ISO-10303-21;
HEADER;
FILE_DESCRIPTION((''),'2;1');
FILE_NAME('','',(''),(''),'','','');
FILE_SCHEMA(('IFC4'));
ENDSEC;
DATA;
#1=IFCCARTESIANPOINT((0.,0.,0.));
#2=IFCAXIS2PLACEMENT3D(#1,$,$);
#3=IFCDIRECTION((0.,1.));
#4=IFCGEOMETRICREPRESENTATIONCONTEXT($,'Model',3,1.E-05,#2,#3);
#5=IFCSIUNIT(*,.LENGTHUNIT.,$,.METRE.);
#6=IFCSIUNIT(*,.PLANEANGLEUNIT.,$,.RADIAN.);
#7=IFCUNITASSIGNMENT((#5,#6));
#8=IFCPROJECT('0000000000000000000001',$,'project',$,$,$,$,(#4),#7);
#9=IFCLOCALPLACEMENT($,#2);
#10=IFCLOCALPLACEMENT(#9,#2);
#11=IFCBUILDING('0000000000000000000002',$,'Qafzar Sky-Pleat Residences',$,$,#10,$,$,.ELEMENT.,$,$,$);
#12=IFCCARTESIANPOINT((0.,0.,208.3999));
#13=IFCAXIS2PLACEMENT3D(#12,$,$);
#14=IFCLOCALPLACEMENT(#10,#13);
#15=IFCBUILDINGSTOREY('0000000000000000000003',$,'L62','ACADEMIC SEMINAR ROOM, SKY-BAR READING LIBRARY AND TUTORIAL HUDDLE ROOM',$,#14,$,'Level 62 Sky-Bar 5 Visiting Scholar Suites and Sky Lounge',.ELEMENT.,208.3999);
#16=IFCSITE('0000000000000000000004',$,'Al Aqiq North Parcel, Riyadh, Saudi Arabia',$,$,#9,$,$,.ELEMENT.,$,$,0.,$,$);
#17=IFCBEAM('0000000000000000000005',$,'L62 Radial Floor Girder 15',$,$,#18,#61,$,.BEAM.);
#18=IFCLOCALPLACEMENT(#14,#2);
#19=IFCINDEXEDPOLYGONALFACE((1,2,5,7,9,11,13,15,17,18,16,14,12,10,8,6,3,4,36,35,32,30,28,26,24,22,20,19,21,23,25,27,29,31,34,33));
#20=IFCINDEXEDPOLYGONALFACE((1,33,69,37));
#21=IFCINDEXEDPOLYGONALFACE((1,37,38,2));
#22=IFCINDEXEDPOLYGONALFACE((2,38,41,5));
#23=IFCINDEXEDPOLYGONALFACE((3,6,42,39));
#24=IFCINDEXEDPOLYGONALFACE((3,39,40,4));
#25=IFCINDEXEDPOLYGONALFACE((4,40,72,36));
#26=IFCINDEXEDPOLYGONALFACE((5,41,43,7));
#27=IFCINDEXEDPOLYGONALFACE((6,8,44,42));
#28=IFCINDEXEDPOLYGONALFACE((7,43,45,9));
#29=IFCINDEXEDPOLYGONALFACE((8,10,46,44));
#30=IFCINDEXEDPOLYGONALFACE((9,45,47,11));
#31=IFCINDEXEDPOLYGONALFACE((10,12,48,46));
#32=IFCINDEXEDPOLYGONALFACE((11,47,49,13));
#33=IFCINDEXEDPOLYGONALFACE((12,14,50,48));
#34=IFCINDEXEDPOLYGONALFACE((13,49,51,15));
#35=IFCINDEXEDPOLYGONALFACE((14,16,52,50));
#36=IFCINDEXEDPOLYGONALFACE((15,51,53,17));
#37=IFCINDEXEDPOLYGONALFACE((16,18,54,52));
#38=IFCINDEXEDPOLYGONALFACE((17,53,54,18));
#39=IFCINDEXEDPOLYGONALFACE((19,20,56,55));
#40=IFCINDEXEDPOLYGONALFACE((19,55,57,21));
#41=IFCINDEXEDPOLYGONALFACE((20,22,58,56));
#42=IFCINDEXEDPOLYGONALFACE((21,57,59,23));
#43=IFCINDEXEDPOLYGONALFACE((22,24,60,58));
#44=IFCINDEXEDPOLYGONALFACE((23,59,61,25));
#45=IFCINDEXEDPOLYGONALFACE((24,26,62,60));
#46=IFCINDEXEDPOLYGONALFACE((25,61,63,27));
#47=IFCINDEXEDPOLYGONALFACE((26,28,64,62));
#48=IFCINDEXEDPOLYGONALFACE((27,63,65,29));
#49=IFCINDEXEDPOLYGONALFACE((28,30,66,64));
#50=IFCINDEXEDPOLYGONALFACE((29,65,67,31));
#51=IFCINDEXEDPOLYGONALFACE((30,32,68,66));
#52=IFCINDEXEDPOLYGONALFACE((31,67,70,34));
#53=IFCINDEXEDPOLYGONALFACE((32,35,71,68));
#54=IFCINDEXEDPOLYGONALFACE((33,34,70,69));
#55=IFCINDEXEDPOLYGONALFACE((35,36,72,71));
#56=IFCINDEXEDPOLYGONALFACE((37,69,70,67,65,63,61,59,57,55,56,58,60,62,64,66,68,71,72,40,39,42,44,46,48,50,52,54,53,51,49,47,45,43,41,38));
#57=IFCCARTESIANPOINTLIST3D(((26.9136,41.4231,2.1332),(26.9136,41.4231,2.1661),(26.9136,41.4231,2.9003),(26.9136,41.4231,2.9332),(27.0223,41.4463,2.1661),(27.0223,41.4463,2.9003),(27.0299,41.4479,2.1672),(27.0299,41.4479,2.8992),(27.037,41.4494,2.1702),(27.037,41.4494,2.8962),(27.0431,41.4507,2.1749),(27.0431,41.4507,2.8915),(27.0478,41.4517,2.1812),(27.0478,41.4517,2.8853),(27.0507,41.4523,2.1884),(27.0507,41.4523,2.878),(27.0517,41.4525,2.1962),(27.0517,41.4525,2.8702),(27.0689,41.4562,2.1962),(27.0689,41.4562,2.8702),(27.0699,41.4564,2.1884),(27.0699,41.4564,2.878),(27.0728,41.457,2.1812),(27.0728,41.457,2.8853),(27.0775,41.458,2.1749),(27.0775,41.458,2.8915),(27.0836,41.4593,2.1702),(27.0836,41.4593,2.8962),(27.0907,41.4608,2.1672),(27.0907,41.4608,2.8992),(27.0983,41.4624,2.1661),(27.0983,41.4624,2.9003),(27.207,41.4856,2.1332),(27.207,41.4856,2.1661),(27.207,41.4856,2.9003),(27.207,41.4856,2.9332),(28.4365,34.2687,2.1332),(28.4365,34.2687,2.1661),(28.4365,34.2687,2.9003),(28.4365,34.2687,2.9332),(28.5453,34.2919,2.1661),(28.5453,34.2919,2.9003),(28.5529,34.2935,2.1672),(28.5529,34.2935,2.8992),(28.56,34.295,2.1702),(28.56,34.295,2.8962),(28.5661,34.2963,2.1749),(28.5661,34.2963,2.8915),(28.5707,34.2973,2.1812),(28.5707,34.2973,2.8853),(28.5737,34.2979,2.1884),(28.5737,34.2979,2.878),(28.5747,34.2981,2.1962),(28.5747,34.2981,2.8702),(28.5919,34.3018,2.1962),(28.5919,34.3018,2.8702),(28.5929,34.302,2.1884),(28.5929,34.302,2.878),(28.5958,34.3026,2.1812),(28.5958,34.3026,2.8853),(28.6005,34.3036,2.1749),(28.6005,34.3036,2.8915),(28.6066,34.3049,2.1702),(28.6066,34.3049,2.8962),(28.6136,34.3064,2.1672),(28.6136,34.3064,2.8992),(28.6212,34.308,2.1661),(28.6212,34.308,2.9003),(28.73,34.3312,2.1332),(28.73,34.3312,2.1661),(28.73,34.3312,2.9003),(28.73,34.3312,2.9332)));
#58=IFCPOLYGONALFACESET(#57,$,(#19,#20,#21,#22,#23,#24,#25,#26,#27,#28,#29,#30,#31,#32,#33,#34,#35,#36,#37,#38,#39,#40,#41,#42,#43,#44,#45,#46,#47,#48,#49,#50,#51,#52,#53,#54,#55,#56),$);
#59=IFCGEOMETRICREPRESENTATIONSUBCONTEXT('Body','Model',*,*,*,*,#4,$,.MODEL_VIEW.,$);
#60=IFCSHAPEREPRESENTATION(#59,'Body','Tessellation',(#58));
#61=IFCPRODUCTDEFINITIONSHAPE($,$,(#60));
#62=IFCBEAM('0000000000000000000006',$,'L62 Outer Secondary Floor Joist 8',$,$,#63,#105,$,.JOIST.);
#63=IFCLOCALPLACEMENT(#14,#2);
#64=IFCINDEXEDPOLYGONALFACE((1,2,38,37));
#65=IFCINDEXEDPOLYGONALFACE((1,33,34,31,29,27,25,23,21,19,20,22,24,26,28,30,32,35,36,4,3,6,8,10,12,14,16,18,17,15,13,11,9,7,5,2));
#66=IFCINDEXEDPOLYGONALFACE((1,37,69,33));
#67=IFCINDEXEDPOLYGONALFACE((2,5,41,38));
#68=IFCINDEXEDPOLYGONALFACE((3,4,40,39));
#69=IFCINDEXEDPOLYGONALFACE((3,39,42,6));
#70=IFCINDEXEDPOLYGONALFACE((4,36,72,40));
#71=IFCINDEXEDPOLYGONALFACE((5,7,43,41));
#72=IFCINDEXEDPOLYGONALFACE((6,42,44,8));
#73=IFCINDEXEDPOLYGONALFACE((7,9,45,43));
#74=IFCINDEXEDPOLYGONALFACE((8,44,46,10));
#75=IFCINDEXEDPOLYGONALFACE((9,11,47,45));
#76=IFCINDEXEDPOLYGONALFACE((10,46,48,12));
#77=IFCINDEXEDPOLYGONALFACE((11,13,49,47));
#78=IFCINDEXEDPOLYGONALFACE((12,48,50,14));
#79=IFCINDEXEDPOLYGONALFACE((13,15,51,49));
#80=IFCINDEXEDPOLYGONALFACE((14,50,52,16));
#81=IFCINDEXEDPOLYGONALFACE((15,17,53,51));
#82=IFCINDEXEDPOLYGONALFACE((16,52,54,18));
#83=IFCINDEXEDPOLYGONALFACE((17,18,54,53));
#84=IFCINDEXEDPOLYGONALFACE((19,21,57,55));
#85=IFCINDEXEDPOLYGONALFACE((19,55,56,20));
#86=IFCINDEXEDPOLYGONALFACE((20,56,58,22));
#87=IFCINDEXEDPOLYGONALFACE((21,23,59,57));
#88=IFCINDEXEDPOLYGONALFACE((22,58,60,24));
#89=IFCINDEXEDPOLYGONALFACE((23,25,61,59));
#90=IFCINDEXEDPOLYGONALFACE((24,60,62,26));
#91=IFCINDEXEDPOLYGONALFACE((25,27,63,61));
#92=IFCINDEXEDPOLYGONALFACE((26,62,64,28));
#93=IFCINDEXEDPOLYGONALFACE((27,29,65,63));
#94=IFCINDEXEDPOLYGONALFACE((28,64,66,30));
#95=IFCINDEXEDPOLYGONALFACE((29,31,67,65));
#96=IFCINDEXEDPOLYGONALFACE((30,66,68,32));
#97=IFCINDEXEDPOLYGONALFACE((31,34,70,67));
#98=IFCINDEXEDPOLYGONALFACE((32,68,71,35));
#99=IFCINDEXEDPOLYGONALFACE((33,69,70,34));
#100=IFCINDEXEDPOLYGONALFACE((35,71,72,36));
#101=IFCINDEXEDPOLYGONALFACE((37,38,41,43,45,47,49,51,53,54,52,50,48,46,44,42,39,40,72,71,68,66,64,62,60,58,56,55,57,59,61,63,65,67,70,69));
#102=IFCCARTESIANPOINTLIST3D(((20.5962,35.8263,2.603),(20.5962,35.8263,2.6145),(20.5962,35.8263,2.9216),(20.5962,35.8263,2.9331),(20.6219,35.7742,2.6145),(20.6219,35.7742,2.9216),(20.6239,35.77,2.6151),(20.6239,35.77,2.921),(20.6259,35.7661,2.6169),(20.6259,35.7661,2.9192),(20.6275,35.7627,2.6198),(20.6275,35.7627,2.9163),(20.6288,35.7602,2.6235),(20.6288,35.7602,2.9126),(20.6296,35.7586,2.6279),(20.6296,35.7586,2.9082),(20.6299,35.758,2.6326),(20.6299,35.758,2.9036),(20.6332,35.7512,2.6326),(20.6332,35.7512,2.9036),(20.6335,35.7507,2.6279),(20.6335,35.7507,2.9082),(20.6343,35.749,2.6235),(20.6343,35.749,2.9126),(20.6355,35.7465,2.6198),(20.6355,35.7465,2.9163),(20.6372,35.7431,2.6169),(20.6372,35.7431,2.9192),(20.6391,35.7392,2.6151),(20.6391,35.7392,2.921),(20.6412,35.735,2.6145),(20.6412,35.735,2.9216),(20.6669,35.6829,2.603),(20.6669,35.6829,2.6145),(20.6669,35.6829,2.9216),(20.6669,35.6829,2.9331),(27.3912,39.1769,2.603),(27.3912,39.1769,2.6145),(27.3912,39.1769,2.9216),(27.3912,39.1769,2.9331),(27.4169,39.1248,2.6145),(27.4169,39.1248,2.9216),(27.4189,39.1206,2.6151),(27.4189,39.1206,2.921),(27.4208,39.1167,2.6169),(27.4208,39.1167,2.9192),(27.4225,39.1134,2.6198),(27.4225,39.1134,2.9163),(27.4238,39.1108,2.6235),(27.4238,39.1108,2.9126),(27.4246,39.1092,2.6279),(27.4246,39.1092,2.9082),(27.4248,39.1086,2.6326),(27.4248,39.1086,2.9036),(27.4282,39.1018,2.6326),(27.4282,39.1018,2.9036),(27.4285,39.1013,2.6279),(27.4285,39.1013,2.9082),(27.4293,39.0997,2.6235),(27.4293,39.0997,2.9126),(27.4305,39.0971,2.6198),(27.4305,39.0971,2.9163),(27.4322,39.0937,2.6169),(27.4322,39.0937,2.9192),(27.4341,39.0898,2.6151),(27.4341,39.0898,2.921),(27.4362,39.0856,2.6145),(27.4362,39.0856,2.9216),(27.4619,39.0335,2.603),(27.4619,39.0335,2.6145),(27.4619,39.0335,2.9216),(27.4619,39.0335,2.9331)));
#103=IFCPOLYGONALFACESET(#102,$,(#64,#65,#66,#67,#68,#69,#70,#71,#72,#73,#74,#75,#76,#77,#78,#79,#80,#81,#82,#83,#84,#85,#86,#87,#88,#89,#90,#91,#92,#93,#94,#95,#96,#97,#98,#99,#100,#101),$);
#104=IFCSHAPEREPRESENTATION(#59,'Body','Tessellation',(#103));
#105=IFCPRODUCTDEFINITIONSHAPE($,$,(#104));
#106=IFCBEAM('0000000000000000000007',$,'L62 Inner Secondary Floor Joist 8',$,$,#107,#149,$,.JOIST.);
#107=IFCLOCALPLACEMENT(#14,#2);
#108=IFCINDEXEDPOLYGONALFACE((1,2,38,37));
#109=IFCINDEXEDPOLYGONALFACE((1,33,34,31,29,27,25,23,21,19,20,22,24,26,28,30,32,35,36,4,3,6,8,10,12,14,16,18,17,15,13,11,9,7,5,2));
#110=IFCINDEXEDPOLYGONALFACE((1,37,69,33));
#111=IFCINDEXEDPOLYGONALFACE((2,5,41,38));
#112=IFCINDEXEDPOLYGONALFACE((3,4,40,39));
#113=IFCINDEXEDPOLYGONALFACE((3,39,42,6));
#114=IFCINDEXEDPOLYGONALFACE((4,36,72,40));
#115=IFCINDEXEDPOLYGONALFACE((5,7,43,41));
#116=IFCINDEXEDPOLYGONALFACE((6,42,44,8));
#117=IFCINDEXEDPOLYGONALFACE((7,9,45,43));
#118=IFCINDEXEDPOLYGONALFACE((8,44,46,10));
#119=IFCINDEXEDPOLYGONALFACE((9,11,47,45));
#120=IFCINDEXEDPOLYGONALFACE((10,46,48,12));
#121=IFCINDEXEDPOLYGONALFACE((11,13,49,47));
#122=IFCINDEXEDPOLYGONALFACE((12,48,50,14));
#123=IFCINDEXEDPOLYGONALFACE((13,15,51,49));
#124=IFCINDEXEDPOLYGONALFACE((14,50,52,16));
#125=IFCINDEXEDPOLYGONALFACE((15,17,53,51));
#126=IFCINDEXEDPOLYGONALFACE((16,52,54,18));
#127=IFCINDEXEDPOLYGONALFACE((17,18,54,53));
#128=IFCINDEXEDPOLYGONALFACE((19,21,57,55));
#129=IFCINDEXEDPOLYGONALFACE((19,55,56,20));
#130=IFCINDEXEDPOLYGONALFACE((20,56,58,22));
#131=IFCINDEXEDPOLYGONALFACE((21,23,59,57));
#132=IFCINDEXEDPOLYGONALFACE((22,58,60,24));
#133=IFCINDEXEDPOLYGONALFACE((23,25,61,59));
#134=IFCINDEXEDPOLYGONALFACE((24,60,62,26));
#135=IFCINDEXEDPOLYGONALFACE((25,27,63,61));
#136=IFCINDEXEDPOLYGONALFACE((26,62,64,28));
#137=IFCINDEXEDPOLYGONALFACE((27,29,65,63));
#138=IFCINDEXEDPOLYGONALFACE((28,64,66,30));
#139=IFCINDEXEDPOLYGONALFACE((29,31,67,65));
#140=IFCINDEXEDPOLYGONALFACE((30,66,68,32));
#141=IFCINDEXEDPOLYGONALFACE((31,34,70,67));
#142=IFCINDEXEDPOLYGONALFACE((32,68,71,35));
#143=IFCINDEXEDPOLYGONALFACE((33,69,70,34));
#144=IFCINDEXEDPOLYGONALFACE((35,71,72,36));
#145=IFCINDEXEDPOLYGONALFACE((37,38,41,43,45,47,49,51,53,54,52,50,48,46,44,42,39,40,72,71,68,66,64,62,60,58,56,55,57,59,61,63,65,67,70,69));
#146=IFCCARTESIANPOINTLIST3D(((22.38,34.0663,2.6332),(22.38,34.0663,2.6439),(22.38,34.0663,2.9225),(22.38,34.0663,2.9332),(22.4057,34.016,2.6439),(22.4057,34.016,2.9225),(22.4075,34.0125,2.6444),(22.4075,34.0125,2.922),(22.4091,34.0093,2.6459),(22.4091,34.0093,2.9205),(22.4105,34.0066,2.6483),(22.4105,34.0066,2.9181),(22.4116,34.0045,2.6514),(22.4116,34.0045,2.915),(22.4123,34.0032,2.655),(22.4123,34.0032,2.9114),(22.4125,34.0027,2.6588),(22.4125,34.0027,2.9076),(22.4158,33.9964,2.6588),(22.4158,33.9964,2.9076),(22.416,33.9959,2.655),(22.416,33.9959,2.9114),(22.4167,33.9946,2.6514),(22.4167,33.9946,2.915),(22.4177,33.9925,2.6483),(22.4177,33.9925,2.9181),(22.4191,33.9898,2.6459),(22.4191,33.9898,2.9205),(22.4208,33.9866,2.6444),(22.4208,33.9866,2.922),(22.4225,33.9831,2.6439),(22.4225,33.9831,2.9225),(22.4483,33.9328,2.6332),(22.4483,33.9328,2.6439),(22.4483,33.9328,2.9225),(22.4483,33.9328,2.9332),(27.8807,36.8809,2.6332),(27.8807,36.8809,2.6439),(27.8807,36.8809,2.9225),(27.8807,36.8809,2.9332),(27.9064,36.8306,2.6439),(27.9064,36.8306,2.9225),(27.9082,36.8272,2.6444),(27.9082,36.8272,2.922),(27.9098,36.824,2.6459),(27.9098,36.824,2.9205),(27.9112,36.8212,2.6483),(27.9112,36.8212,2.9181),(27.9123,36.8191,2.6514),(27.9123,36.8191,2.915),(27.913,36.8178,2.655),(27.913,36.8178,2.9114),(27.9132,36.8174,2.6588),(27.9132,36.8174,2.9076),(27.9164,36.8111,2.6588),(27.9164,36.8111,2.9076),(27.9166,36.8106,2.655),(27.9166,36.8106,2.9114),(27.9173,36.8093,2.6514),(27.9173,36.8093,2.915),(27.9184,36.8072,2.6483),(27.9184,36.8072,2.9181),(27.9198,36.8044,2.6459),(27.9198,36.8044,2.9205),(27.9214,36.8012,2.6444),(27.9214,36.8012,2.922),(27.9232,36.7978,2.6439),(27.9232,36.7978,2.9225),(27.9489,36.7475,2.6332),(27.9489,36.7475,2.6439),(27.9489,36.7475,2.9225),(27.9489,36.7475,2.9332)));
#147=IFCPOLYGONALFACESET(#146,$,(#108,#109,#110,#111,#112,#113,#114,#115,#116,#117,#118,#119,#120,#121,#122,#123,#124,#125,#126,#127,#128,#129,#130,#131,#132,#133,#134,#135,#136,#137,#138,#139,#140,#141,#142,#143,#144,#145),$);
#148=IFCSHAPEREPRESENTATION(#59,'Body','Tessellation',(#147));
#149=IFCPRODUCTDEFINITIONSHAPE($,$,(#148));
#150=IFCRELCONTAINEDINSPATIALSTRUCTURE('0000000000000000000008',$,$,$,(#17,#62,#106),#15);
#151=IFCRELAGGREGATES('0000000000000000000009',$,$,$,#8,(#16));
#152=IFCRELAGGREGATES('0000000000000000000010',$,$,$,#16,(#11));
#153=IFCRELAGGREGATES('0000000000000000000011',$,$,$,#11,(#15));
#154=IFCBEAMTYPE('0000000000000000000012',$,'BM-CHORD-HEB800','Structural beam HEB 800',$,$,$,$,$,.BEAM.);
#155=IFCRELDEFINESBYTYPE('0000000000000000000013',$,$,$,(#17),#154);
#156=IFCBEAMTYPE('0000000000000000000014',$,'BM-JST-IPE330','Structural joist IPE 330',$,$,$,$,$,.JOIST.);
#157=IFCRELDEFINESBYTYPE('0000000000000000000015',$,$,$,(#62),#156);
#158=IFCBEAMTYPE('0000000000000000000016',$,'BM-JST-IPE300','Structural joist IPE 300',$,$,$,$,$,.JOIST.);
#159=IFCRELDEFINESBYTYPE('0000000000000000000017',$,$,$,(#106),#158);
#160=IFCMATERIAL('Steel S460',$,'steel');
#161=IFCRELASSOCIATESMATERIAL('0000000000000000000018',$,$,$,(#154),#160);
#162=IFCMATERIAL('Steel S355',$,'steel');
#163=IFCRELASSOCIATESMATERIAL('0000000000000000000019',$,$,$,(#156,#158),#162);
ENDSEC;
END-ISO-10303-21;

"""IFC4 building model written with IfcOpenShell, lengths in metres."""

from ifc_helpers import new_model, si_unit, direction, frame, origin, origin_2d, place, context, subcontext, project, spatial, i_section, extrude, source, transform, mapped, material, material_profile, profile_set, type_object, element, save


model = new_model("IFC4")

# Units and contexts
model_context = context("Model", 3, precision=1e-05, world=origin(), true_north=direction((0.0, 1.0)))
body_context = subcontext(model_context, "Body", "Model", "MODEL_VIEW")
ifc_project = project(units=[si_unit("LENGTHUNIT", "METRE"), si_unit("PLANEANGLEUNIT", "RADIAN")], contexts=[model_context])

# Site, building, storey
site_placement = place(None, origin())
site = spatial("IfcSite", under=ifc_project, at=site_placement, Name="Al Aqiq North Parcel, Riyadh, Saudi Arabia", CompositionType="ELEMENT", RefElevation=0.0)
building_placement = place(site_placement, origin())
building = spatial("IfcBuilding", under=site, at=building_placement, Name="Qafzar Sky-Pleat Residences", CompositionType="ELEMENT")
storey_placement = place(building_placement, frame((0.0, 0.0, 208.3999)))
storey = spatial("IfcBuildingStorey", under=building, at=storey_placement, Name="L62", Description="ACADEMIC SEMINAR ROOM, SKY-BAR READING LIBRARY AND TUTORIAL HUDDLE ROOM", LongName="Level 62 Sky-Bar 5 Visiting Scholar Suites and Sky Lounge", CompositionType="ELEMENT", Elevation=208.3999)

# Shared definitions
ifc_material_1 = material(Name="Steel S355", Category="steel")

# Beams
ifc_material_2 = material(Name="Steel S460", Category="steel")
ifc_material_profile_1 = material_profile(ifc_material_2, i_section(OverallWidth=0.3, OverallDepth=0.8, WebThickness=0.0176, FlangeThickness=0.033, FilletRadius=0.03, at=origin_2d()), Name="HEB 800")
ifc_profile_set_1 = profile_set([ifc_material_profile_1], Name="Steel S460")
beam_type_1 = type_object("IfcBeamType", Name="BM-CHORD-HEB800", Description="Structural beam HEB 800", PredefinedType="BEAM", material=ifc_profile_set_1)
shared_shape_1 = source(origin(), body_context, "Body", "SweptSolid", [
    extrude(i_section(OverallWidth=0.3, OverallDepth=0.8, WebThickness=0.0176, FlangeThickness=0.033, FilletRadius=0.03, at=origin_2d()), origin(), (0.0, 0.0, 1.0), 7.3147),
])
beam_1_placement = place(storey_placement, frame((27.0603, 41.4543, 2.5332), z_axis=(0.208207, -0.978085, 0.0), x_axis=(0.978085, 0.208207, 0.0)))
element("IfcBeam", 1, at=beam_1_placement, inside=storey, type_object=beam_type_1, Name="L62 Radial Floor Girder 15", PredefinedType="BEAM", context=body_context, shape_type="MappedRepresentation", body=[
    mapped(shared_shape_1, transform((0.0, 0.0, 0.0), x_axis=(1.0, 0.0, 0.0), y_axis=(0.0, 1.0, 0.0), z_axis=(0.0, 0.0, 1.0), scale=1.0)),
])
ifc_material_profile_2 = material_profile(ifc_material_1, i_section(OverallWidth=0.1599, OverallDepth=0.3301, WebThickness=0.0076, FlangeThickness=0.0115, FilletRadius=0.0181, at=origin_2d()), Name="IPE 330")
ifc_profile_set_2 = profile_set([ifc_material_profile_2], Name="Steel S355")
beam_type_2 = type_object("IfcBeamType", Name="BM-JST-IPE330", Description="Structural joist IPE 330", PredefinedType="JOIST", material=ifc_profile_set_2)
shared_shape_2 = source(origin(), body_context, "Body", "SweptSolid", [
    extrude(i_section(OverallWidth=0.1599, OverallDepth=0.3301, WebThickness=0.0076, FlangeThickness=0.0115, FilletRadius=0.0181, at=origin_2d()), origin(), (0.0, 0.0, 1.0), 7.5762),
])
beam_2_placement = place(storey_placement, frame((27.4265, 39.1052, 2.7681), z_axis=(-0.896888, -0.442257, 0.0), x_axis=(0.442257, -0.896888, 0.0)))
element("IfcBeam", 2, at=beam_2_placement, inside=storey, type_object=beam_type_2, Name="L62 Outer Secondary Floor Joist 8", PredefinedType="JOIST", context=body_context, shape_type="MappedRepresentation", body=[
    mapped(shared_shape_2, transform((0.0, 0.0, 0.0), x_axis=(1.0, 0.0, 0.0), y_axis=(0.0, 1.0, 0.0), z_axis=(0.0, 0.0, 1.0), scale=1.0)),
])
ifc_material_profile_3 = material_profile(ifc_material_1, i_section(OverallWidth=0.1499, OverallDepth=0.3, WebThickness=0.0071, FlangeThickness=0.0107, FilletRadius=0.0149, at=origin_2d()), Name="IPE 300")
ifc_profile_set_3 = profile_set([ifc_material_profile_3], Name="Steel S355")
beam_type_3 = type_object("IfcBeamType", Name="BM-JST-IPE300", Description="Structural joist IPE 300", PredefinedType="JOIST", material=ifc_profile_set_3)
shared_shape_3 = source(origin(), body_context, "Body", "SweptSolid", [
    extrude(i_section(OverallWidth=0.1499, OverallDepth=0.3, WebThickness=0.0071, FlangeThickness=0.0107, FilletRadius=0.0149, at=origin_2d()), origin(), (0.0, 0.0, 1.0), 6.179),
])
beam_3_placement = place(storey_placement, frame((27.9148, 36.8142, 2.7832), z_axis=(-0.890224, -0.455523, 0.0), x_axis=(0.455523, -0.890224, 0.0)))
element("IfcBeam", 3, at=beam_3_placement, inside=storey, type_object=beam_type_3, Name="L62 Inner Secondary Floor Joist 8", PredefinedType="JOIST", context=body_context, shape_type="MappedRepresentation", body=[
    mapped(shared_shape_3, transform((0.0, 0.0, 0.0), x_axis=(1.0, 0.0, 0.0), y_axis=(0.0, 1.0, 0.0), z_axis=(0.0, 0.0, 1.0), scale=1.0)),
])

save(model, "model.ifc")
